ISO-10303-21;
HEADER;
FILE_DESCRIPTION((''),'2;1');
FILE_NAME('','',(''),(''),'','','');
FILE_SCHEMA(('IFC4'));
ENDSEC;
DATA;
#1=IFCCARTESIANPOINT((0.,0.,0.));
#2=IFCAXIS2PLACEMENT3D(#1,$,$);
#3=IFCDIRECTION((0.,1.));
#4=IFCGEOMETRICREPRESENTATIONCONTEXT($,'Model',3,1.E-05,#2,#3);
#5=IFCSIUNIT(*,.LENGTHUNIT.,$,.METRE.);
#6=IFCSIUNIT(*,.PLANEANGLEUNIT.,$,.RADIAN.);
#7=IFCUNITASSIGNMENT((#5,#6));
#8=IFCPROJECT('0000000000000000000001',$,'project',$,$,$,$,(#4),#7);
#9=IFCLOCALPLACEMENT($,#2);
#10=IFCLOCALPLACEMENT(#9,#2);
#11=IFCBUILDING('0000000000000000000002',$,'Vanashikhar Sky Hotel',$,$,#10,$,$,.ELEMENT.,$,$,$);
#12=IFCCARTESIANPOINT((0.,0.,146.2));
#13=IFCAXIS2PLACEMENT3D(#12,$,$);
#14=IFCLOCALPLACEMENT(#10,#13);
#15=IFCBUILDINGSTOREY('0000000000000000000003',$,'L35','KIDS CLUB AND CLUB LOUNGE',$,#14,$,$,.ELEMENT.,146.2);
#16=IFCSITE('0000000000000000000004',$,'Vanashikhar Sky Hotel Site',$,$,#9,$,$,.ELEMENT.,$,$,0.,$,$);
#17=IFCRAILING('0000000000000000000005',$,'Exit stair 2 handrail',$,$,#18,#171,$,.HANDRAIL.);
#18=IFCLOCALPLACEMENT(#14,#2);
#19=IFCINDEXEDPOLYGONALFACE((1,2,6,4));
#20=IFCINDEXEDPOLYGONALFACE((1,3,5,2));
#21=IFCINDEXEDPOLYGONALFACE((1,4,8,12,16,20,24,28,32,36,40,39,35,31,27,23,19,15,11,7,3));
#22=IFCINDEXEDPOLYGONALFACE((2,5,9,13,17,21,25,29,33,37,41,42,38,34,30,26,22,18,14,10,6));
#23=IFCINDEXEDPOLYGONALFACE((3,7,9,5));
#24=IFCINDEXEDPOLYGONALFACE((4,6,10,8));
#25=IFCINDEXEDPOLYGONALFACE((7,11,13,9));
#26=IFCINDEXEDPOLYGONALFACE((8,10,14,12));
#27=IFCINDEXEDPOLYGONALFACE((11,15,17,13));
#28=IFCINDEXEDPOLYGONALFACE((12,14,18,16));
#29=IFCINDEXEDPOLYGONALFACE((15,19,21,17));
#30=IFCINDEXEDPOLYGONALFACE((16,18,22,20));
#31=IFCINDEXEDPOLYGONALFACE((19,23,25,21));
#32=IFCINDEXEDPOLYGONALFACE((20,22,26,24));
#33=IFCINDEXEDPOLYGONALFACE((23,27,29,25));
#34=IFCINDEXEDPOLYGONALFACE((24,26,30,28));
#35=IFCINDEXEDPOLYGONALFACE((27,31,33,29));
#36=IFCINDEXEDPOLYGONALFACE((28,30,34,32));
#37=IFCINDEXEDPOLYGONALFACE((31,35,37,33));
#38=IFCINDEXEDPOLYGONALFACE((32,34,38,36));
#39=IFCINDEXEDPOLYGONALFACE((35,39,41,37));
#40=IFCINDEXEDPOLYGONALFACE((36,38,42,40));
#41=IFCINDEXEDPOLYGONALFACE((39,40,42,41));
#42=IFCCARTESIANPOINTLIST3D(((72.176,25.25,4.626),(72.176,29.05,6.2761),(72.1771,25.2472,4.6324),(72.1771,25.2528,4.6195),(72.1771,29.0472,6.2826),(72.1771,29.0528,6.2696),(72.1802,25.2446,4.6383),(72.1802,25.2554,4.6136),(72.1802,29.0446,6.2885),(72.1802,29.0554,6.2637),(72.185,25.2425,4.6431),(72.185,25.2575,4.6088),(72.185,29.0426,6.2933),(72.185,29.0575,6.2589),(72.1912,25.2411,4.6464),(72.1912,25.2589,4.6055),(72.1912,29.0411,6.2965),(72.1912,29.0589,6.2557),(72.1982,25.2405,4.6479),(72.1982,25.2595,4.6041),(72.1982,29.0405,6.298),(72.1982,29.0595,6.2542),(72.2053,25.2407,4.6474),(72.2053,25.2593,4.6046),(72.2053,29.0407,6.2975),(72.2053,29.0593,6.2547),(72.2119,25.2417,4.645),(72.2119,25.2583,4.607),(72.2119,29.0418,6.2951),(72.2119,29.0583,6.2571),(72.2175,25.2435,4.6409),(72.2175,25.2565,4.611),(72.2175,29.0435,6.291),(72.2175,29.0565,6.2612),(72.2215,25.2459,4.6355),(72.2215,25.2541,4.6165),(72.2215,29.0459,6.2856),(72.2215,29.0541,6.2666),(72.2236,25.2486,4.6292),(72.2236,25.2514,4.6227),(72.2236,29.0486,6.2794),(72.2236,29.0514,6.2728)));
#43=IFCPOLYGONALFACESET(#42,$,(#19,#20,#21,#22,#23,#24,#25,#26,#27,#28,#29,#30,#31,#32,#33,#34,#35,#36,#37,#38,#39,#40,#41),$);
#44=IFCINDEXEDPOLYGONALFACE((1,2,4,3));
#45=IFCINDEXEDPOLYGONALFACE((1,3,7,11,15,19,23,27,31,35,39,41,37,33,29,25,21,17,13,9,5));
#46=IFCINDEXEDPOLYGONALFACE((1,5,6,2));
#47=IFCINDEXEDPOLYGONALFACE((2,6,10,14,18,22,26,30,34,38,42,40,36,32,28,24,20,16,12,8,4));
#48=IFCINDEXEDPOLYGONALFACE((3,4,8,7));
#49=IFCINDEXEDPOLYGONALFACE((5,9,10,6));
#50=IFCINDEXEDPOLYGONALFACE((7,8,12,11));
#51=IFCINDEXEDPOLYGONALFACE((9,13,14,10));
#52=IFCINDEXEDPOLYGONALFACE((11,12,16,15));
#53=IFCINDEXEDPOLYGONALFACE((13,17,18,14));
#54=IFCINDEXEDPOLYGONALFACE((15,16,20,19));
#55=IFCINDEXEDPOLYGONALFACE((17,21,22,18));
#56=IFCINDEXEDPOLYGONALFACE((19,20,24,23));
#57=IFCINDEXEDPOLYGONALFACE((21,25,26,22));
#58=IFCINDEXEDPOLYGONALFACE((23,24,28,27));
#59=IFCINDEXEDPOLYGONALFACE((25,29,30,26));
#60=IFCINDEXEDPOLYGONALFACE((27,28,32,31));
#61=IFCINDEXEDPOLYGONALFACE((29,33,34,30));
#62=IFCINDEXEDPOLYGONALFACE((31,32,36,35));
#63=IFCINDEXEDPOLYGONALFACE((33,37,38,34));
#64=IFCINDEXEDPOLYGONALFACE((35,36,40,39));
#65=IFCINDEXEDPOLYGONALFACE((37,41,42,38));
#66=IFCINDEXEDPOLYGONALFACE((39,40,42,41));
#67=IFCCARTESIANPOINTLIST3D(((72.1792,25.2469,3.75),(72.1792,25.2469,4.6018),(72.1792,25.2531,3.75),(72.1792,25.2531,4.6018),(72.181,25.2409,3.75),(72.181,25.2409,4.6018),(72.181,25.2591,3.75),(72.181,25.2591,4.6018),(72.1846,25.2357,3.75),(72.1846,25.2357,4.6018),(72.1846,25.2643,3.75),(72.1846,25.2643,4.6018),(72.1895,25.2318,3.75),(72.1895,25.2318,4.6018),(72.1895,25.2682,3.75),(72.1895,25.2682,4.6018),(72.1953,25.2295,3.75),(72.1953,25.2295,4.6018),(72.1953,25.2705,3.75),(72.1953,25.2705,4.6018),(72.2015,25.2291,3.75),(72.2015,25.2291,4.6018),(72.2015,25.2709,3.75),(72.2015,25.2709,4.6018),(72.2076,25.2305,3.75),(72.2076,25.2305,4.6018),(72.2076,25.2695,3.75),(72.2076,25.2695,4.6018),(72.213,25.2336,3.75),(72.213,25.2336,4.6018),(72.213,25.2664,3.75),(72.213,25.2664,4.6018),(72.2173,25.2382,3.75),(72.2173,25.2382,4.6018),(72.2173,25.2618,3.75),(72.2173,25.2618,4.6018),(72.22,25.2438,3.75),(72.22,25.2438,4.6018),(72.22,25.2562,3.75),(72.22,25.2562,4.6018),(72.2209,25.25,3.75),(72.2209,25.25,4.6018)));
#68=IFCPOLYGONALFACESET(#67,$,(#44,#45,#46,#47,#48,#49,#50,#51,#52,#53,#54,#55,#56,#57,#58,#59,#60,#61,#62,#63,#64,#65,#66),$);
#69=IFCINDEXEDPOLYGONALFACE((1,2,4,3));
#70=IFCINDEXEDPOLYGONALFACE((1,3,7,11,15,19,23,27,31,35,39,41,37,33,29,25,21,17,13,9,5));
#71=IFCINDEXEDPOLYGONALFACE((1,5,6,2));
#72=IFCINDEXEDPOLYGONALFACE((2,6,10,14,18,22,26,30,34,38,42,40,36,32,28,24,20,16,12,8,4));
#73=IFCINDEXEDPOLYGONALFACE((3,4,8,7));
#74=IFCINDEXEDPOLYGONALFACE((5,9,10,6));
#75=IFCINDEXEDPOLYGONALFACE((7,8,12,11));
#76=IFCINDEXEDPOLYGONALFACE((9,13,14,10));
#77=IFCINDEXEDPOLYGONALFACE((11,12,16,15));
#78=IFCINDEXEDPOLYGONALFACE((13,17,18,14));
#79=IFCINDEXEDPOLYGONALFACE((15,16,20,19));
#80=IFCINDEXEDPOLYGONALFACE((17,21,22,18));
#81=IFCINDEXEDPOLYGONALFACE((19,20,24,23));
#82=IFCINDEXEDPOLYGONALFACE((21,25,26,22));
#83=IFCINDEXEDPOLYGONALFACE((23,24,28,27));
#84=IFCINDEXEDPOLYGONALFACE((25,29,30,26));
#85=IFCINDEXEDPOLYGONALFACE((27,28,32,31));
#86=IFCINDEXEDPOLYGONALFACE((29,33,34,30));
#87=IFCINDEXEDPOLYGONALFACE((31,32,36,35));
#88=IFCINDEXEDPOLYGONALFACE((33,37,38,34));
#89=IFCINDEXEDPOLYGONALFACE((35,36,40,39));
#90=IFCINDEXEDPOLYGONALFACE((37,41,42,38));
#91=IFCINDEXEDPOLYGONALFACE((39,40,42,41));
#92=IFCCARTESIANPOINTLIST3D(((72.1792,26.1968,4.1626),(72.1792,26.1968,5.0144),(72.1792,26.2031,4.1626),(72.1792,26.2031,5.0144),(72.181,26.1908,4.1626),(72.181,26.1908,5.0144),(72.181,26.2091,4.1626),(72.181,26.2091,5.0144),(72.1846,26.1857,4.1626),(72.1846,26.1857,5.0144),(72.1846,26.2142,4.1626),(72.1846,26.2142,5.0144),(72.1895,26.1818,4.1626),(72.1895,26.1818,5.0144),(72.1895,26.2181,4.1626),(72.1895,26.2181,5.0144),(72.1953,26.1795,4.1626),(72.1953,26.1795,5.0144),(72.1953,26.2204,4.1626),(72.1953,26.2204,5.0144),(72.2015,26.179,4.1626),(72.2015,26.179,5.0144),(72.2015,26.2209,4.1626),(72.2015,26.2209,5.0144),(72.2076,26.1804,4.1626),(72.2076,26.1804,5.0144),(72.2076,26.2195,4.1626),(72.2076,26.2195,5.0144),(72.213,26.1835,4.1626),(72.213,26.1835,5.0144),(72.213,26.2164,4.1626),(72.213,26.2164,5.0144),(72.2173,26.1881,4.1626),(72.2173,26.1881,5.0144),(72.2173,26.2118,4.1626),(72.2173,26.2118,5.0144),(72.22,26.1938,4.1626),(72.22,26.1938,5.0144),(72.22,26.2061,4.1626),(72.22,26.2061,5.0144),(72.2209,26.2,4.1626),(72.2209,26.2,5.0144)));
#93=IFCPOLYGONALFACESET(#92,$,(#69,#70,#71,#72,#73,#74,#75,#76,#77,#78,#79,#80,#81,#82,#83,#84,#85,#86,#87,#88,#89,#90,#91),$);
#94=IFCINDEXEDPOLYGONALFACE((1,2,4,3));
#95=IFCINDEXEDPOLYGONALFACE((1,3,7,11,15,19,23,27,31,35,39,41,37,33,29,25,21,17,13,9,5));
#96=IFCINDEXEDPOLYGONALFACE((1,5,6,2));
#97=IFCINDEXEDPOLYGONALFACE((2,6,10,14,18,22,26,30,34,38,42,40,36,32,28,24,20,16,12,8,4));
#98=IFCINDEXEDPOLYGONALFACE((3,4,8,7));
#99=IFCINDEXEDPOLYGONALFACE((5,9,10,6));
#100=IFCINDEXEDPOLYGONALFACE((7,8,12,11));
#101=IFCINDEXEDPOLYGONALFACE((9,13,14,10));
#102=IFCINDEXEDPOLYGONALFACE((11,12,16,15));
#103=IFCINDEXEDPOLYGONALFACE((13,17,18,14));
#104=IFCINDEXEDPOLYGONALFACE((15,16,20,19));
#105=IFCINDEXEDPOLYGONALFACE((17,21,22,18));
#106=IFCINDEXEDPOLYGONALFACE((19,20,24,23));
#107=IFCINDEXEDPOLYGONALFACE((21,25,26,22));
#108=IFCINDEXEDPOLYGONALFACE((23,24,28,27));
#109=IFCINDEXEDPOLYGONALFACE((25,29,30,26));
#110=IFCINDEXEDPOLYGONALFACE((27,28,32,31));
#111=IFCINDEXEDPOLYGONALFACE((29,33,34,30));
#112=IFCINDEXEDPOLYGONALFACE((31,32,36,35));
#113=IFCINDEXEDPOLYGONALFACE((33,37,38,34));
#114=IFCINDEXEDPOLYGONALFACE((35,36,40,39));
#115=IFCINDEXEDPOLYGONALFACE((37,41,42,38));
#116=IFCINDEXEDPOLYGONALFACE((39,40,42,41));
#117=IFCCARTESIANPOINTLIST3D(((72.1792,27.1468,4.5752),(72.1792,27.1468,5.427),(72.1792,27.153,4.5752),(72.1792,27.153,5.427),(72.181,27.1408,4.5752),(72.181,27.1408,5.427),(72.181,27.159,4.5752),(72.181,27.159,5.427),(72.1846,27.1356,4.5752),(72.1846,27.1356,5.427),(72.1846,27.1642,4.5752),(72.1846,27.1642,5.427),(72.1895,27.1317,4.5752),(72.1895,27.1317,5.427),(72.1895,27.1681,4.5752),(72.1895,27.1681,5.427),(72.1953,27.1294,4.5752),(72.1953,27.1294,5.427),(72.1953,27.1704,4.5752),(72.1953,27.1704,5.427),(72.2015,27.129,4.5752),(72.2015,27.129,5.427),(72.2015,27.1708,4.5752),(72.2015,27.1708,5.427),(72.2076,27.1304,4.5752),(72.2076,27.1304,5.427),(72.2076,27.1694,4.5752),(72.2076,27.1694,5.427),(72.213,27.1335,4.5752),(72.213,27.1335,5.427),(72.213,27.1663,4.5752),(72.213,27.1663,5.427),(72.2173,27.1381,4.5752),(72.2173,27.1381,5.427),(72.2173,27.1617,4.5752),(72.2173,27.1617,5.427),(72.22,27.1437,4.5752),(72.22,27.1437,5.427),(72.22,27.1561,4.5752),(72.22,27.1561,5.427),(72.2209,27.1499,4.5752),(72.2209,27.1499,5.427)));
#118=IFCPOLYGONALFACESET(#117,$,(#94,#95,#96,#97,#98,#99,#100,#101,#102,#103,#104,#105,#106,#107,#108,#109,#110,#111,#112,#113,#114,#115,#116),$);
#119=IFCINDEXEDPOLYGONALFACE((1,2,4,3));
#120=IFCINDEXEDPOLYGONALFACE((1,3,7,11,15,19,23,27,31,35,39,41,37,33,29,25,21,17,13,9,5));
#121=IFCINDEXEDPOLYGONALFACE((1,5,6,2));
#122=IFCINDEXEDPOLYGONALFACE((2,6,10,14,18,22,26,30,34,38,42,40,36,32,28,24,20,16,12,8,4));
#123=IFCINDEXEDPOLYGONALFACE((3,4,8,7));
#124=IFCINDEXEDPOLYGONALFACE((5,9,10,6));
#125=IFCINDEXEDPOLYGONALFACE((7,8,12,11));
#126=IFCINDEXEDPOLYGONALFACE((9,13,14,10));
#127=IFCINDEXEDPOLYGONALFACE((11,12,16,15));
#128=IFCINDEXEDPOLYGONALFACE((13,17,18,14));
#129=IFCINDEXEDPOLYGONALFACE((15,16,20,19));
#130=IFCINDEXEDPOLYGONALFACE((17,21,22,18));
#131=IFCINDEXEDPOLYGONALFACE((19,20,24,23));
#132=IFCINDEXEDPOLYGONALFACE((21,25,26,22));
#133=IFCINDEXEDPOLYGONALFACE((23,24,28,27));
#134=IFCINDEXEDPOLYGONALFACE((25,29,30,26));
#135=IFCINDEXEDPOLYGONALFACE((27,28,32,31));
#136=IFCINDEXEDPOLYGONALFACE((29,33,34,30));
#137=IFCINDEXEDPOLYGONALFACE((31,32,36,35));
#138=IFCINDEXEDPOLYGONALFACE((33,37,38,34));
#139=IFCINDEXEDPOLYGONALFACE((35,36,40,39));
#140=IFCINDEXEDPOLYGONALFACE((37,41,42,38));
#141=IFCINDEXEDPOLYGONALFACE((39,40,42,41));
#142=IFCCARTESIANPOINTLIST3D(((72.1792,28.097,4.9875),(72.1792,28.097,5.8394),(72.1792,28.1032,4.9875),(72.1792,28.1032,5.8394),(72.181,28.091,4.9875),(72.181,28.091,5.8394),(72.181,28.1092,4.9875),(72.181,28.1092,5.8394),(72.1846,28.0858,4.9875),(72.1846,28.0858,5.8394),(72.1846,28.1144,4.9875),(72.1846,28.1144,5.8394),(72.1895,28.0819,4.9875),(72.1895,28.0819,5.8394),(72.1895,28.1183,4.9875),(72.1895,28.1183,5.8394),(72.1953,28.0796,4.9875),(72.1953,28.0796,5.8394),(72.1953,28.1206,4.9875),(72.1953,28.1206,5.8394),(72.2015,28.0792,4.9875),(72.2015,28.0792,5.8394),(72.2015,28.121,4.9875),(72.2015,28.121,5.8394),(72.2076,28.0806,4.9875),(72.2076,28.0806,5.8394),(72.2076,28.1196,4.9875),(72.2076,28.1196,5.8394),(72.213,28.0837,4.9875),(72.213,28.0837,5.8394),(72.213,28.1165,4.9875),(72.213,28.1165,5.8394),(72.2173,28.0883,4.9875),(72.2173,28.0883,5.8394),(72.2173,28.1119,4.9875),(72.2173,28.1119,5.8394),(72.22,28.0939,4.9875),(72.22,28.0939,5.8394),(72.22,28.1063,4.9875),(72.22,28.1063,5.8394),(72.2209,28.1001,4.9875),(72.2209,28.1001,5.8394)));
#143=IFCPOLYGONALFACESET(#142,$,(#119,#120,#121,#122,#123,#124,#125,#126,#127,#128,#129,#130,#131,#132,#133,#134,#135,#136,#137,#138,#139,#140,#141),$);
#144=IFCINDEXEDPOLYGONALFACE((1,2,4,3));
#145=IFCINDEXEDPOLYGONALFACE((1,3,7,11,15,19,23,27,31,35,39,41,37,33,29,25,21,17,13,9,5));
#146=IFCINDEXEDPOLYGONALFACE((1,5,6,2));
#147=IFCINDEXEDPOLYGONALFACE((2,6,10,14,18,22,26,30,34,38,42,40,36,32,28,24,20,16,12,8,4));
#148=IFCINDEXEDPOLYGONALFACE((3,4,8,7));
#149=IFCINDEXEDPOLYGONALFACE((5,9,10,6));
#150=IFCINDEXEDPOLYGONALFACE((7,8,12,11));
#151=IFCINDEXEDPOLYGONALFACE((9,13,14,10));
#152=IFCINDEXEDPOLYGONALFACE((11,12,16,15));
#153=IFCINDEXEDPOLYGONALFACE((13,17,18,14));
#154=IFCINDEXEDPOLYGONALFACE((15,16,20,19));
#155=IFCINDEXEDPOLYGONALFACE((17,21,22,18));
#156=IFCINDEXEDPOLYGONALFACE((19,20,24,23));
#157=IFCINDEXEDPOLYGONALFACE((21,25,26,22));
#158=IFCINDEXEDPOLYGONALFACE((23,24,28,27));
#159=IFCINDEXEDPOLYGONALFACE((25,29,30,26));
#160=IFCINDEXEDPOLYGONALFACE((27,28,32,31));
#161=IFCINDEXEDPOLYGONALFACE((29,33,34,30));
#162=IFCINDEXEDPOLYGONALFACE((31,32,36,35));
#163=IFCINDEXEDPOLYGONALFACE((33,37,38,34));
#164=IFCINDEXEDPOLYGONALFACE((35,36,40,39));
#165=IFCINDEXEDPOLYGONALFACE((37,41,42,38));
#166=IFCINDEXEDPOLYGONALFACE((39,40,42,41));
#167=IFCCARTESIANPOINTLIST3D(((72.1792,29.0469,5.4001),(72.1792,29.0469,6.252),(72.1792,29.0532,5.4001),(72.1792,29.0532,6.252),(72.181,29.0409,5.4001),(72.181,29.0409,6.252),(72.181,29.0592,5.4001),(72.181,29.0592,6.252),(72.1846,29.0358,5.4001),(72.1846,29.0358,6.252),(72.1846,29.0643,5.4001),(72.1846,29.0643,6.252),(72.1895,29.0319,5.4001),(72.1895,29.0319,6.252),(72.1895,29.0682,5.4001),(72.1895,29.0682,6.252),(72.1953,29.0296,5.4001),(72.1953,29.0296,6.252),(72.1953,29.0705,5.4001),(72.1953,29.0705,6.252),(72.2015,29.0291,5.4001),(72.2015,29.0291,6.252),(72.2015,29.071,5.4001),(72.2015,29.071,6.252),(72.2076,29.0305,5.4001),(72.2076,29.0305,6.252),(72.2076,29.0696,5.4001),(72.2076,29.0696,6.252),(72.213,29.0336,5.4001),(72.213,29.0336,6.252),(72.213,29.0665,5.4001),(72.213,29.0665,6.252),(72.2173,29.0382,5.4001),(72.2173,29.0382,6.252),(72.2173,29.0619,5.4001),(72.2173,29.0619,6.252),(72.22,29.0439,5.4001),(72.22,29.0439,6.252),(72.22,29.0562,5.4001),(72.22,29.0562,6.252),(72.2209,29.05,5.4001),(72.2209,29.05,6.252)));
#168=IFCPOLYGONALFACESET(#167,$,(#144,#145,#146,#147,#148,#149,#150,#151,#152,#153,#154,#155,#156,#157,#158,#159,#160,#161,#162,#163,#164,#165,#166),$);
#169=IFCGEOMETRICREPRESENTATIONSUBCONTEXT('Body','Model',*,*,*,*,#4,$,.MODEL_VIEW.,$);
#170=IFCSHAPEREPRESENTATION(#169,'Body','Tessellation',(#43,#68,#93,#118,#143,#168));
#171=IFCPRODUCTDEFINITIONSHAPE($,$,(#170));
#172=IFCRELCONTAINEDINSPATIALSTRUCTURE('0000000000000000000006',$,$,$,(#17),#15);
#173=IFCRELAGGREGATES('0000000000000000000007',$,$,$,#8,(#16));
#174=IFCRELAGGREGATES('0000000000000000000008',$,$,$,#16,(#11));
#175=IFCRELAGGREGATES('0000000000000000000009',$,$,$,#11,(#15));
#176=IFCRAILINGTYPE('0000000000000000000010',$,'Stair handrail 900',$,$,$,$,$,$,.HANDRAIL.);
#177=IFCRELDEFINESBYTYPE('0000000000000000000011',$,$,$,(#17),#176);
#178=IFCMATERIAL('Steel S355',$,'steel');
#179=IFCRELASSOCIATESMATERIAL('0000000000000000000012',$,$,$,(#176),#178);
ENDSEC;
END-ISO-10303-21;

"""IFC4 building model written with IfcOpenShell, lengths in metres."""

from ifc_helpers import new_model, si_unit, direction, frame, origin, origin_2d, place, context, subcontext, project, spatial, circle, extrude, source, transform, mapped, material, type_object, element, save


model = new_model("IFC4")

# Units and contexts
model_context = context("Model", 3, precision=1e-05, world=origin(), true_north=direction((0.0, 1.0)))
body_context = subcontext(model_context, "Body", "Model", "MODEL_VIEW")
ifc_project = project(units=[si_unit("LENGTHUNIT", "METRE"), si_unit("PLANEANGLEUNIT", "RADIAN")], contexts=[model_context])

# Site, building, storey
site_placement = place(None, origin())
site = spatial("IfcSite", under=ifc_project, at=site_placement, Name="Vanashikhar Sky Hotel Site", CompositionType="ELEMENT", RefElevation=0.0)
building_placement = place(site_placement, origin())
building = spatial("IfcBuilding", under=site, at=building_placement, Name="Vanashikhar Sky Hotel", CompositionType="ELEMENT")
storey_placement = place(building_placement, frame((0.0, 0.0, 146.2)))
storey = spatial("IfcBuildingStorey", under=building, at=storey_placement, Name="L35", Description="KIDS CLUB AND CLUB LOUNGE", CompositionType="ELEMENT", Elevation=146.2)

# Railing
ifc_material_1 = material(Name="Steel S355", Category="steel")
railing_type_1 = type_object("IfcRailingType", Name="Stair handrail 900", PredefinedType="HANDRAIL", material=ifc_material_1)
shared_shape_1 = source(origin(), body_context, "Body", "SweptSolid", [
    extrude(circle(Radius=0.0239, at=origin_2d()), frame((0.0, 0.0, 0.876), z_axis=(0.0, 0.917251, 0.39831), x_axis=(-1.0, 0.0, 0.0)), (0.0, 0.0, 1.0), 4.1428),
    extrude(circle(Radius=0.021, at=origin_2d()), origin(), (0.0, 0.0, 1.0), 0.8518),
    extrude(circle(Radius=0.021, at=origin_2d()), frame((0.0, 0.95, 0.4126)), (0.0, 0.0, 1.0), 0.8518),
    extrude(circle(Radius=0.021, at=origin_2d()), frame((0.0, 1.8999, 0.8252)), (0.0, 0.0, 1.0), 0.8518),
    extrude(circle(Radius=0.021, at=origin_2d()), frame((0.0, 2.8501, 1.2375)), (0.0, 0.0, 1.0), 0.8518),
    extrude(circle(Radius=0.021, at=origin_2d()), frame((0.0, 3.8, 1.6501)), (0.0, 0.0, 1.0), 0.8518),
])
railing_1_placement = place(storey_placement, frame((72.2, 25.25, 3.75)))
element("IfcRailing", 1, at=railing_1_placement, inside=storey, type_object=railing_type_1, Name="Exit stair 2 handrail", PredefinedType="HANDRAIL", context=body_context, shape_type="MappedRepresentation", body=[
    mapped(shared_shape_1, transform((0.0, 0.0, 0.0), scale=1.0)),
])

save(model, "model.ifc")
